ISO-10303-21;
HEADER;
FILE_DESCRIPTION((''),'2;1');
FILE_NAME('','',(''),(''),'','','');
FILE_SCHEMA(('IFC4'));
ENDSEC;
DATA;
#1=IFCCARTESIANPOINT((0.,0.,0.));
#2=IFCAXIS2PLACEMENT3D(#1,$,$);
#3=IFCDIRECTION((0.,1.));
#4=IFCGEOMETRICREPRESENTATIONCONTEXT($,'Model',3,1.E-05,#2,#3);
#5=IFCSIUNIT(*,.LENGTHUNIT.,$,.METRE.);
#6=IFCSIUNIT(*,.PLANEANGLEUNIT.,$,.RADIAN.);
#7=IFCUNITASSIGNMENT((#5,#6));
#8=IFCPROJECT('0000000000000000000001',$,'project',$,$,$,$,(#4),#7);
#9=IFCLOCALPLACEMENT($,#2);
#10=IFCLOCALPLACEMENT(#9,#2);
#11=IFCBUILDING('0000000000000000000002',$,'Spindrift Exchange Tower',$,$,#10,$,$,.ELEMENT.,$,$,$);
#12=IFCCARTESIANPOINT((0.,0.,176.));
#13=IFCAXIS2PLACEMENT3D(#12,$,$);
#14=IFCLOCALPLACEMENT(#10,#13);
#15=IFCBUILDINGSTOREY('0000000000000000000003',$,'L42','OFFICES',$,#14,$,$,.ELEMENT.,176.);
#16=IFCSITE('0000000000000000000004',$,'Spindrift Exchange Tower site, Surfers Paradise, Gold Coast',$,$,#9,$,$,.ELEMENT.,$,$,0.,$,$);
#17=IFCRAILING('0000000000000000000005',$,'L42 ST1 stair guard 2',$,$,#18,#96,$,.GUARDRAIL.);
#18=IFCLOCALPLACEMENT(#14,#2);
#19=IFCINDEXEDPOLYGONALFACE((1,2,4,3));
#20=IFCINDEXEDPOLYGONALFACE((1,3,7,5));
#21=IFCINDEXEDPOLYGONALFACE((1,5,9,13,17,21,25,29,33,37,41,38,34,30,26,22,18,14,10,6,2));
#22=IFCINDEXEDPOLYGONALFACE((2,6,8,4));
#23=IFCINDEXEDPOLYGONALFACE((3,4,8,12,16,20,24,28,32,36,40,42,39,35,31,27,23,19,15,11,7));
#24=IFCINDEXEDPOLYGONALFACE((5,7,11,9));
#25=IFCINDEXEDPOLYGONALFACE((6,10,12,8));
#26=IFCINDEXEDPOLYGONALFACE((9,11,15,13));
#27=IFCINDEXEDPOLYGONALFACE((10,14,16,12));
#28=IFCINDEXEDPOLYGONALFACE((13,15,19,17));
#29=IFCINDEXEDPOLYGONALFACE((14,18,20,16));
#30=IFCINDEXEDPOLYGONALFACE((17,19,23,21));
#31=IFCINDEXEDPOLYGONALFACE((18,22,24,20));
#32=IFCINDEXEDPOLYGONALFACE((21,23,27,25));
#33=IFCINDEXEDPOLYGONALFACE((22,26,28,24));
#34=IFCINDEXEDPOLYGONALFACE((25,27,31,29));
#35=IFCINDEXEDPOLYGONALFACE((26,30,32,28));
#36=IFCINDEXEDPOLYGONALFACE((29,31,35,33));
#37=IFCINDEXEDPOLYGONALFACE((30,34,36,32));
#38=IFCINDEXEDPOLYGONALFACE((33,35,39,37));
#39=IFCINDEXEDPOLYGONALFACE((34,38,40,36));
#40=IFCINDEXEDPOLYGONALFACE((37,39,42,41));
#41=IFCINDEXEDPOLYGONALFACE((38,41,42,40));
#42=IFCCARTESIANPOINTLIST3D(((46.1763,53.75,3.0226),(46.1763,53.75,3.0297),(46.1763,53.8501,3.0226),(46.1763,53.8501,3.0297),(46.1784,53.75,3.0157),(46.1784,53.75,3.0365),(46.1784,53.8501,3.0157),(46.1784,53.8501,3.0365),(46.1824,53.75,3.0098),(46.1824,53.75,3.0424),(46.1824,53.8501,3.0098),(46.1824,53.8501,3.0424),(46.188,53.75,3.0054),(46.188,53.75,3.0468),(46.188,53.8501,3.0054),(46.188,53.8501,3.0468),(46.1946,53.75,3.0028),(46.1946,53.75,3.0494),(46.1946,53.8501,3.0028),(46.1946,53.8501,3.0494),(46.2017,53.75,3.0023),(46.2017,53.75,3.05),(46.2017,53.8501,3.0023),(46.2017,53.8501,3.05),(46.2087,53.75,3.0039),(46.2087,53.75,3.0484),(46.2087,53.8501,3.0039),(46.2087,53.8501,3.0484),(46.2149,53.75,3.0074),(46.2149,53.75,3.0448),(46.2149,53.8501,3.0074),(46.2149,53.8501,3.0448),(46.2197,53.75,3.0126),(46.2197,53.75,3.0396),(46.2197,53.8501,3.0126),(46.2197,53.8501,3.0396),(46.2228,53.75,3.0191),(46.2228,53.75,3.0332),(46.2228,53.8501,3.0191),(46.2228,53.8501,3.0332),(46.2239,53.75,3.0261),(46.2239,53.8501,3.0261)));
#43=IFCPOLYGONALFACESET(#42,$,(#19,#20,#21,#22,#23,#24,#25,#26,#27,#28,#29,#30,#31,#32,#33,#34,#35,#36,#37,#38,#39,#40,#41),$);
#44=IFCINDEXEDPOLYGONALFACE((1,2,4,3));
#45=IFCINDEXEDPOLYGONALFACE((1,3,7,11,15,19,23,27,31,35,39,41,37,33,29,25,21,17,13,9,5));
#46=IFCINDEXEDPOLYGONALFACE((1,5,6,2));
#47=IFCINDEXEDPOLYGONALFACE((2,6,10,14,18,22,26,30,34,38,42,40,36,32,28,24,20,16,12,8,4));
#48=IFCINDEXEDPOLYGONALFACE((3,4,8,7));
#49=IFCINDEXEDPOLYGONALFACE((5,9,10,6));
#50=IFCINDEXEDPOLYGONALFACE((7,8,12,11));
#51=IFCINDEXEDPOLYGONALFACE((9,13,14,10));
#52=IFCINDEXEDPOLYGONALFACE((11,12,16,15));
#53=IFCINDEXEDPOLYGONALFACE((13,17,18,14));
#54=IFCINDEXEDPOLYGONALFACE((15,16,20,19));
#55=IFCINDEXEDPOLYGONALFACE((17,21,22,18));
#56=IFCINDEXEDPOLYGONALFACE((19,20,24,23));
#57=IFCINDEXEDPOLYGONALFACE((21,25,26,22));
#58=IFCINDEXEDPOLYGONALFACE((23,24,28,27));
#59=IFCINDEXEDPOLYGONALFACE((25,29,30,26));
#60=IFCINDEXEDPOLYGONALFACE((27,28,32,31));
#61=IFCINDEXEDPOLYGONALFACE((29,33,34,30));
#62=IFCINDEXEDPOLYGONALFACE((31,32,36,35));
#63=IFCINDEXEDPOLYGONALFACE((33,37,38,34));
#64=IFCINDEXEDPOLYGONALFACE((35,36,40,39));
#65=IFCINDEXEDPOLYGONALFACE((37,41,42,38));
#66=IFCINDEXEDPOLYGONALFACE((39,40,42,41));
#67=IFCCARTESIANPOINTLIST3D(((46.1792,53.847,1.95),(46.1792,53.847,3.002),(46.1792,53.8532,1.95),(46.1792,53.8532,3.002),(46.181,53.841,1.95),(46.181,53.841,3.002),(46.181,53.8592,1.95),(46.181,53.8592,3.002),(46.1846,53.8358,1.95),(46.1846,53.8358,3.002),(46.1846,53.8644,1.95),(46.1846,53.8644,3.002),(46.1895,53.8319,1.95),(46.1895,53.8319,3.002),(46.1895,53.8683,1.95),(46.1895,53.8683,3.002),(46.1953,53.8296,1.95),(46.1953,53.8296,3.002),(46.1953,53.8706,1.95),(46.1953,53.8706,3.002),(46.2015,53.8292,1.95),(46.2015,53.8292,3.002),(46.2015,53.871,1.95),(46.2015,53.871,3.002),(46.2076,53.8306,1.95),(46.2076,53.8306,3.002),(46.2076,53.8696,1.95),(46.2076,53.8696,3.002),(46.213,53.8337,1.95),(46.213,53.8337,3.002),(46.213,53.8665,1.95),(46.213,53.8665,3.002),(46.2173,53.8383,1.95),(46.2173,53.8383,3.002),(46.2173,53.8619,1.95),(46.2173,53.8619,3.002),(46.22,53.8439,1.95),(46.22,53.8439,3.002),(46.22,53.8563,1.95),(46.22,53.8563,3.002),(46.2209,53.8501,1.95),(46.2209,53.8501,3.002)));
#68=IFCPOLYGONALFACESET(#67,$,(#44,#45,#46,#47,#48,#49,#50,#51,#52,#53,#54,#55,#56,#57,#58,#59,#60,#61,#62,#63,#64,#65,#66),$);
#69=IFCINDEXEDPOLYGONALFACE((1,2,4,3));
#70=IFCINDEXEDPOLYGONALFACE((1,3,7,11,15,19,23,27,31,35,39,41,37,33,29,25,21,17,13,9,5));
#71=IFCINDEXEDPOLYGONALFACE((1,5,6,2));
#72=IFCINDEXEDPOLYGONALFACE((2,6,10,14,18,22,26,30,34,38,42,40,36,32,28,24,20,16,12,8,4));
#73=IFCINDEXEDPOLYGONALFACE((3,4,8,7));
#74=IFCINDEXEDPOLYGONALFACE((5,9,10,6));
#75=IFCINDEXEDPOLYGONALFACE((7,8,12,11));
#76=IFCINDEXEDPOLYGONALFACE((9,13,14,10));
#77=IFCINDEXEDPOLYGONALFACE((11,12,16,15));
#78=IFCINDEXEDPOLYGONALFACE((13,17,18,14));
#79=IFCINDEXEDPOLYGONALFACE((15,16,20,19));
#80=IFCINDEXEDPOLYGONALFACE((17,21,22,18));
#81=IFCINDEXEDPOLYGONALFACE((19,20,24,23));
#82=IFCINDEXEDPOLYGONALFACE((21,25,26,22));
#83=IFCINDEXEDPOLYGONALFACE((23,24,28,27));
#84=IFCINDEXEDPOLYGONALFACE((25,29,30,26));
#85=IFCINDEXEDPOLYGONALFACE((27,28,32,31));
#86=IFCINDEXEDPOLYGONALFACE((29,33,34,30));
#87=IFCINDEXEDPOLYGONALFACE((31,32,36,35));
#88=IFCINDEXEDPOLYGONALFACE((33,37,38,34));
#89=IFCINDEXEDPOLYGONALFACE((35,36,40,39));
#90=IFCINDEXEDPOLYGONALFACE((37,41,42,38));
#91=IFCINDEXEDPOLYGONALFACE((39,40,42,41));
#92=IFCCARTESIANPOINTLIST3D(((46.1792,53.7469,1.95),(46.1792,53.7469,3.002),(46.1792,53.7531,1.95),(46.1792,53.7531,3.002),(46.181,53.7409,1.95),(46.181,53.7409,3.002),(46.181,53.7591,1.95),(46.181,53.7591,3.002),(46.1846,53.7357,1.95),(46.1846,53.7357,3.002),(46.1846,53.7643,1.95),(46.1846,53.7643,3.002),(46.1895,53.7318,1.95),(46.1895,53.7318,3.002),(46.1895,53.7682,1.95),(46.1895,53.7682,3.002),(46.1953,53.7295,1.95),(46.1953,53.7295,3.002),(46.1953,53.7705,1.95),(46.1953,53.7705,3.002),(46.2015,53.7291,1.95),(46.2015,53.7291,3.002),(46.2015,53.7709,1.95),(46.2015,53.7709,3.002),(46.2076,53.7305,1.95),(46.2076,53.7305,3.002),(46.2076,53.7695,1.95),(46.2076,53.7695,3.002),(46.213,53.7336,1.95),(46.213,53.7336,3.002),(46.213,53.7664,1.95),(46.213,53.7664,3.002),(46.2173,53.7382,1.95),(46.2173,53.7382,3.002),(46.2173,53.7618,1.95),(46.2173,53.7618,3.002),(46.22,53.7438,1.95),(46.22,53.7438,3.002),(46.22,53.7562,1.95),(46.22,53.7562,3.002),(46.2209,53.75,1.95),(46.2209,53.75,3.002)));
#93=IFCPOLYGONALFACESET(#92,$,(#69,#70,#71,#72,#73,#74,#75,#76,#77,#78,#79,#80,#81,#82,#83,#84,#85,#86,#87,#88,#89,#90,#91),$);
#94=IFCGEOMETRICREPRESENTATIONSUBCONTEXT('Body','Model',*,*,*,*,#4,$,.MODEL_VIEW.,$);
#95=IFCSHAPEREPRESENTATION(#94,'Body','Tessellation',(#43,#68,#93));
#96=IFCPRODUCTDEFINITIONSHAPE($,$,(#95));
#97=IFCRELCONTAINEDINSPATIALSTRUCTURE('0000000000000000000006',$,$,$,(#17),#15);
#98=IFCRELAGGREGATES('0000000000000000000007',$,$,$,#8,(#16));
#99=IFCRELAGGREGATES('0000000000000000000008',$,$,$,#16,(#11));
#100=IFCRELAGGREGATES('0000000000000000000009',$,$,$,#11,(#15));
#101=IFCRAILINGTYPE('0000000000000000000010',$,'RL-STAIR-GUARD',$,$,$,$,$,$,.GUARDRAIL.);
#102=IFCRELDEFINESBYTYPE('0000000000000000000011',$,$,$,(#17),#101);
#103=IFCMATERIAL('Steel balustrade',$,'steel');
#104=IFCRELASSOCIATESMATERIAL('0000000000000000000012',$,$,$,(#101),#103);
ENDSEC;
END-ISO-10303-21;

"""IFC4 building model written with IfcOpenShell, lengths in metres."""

from ifc_helpers import new_model, si_unit, direction, frame, origin, origin_2d, place, context, subcontext, project, spatial, circle, extrude, material, type_object, element, save


model = new_model("IFC4")

# Units and contexts
model_context = context("Model", 3, precision=1e-05, world=origin(), true_north=direction((0.0, 1.0)))
body_context = subcontext(model_context, "Body", "Model", "MODEL_VIEW")
ifc_project = project(units=[si_unit("LENGTHUNIT", "METRE"), si_unit("PLANEANGLEUNIT", "RADIAN")], contexts=[model_context])

# Site, building, storey
site_placement = place(None, origin())
site = spatial("IfcSite", under=ifc_project, at=site_placement, Name="Spindrift Exchange Tower site, Surfers Paradise, Gold Coast", CompositionType="ELEMENT", RefElevation=0.0)
building_placement = place(site_placement, origin())
building = spatial("IfcBuilding", under=site, at=building_placement, Name="Spindrift Exchange Tower", CompositionType="ELEMENT")
storey_placement = place(building_placement, frame((0.0, 0.0, 176.0)))
storey = spatial("IfcBuildingStorey", under=building, at=storey_placement, Name="L42", Description="OFFICES", CompositionType="ELEMENT", Elevation=176.0)

# Railing
ifc_material_1 = material(Name="Steel balustrade", Category="steel")
railing_type_1 = type_object("IfcRailingType", Name="RL-STAIR-GUARD", PredefinedType="GUARDRAIL", material=ifc_material_1)
railing_1_placement = place(storey_placement, frame((46.2, 53.8501, 1.95)))
element("IfcRailing", 1, at=railing_1_placement, inside=storey, type_object=railing_type_1, Name="L42 ST1 stair guard 2", PredefinedType="GUARDRAIL", context=body_context, shape_type="SweptSolid", body=[
    extrude(circle(Radius=0.0239, at=origin_2d()), frame((0.0, 0.0, 1.0762), z_axis=(0.0, -1.0, 0.0), x_axis=(1.0, 0.0, 0.0)), (0.0, 0.0, 1.0), 0.1001),
    extrude(circle(Radius=0.021, at=origin_2d()), origin(), (0.0, 0.0, 1.0), 1.052),
    extrude(circle(Radius=0.021, at=origin_2d()), frame((0.0, -0.1001, 0.0)), (0.0, 0.0, 1.0), 1.052),
])

save(model, "model.ifc")
